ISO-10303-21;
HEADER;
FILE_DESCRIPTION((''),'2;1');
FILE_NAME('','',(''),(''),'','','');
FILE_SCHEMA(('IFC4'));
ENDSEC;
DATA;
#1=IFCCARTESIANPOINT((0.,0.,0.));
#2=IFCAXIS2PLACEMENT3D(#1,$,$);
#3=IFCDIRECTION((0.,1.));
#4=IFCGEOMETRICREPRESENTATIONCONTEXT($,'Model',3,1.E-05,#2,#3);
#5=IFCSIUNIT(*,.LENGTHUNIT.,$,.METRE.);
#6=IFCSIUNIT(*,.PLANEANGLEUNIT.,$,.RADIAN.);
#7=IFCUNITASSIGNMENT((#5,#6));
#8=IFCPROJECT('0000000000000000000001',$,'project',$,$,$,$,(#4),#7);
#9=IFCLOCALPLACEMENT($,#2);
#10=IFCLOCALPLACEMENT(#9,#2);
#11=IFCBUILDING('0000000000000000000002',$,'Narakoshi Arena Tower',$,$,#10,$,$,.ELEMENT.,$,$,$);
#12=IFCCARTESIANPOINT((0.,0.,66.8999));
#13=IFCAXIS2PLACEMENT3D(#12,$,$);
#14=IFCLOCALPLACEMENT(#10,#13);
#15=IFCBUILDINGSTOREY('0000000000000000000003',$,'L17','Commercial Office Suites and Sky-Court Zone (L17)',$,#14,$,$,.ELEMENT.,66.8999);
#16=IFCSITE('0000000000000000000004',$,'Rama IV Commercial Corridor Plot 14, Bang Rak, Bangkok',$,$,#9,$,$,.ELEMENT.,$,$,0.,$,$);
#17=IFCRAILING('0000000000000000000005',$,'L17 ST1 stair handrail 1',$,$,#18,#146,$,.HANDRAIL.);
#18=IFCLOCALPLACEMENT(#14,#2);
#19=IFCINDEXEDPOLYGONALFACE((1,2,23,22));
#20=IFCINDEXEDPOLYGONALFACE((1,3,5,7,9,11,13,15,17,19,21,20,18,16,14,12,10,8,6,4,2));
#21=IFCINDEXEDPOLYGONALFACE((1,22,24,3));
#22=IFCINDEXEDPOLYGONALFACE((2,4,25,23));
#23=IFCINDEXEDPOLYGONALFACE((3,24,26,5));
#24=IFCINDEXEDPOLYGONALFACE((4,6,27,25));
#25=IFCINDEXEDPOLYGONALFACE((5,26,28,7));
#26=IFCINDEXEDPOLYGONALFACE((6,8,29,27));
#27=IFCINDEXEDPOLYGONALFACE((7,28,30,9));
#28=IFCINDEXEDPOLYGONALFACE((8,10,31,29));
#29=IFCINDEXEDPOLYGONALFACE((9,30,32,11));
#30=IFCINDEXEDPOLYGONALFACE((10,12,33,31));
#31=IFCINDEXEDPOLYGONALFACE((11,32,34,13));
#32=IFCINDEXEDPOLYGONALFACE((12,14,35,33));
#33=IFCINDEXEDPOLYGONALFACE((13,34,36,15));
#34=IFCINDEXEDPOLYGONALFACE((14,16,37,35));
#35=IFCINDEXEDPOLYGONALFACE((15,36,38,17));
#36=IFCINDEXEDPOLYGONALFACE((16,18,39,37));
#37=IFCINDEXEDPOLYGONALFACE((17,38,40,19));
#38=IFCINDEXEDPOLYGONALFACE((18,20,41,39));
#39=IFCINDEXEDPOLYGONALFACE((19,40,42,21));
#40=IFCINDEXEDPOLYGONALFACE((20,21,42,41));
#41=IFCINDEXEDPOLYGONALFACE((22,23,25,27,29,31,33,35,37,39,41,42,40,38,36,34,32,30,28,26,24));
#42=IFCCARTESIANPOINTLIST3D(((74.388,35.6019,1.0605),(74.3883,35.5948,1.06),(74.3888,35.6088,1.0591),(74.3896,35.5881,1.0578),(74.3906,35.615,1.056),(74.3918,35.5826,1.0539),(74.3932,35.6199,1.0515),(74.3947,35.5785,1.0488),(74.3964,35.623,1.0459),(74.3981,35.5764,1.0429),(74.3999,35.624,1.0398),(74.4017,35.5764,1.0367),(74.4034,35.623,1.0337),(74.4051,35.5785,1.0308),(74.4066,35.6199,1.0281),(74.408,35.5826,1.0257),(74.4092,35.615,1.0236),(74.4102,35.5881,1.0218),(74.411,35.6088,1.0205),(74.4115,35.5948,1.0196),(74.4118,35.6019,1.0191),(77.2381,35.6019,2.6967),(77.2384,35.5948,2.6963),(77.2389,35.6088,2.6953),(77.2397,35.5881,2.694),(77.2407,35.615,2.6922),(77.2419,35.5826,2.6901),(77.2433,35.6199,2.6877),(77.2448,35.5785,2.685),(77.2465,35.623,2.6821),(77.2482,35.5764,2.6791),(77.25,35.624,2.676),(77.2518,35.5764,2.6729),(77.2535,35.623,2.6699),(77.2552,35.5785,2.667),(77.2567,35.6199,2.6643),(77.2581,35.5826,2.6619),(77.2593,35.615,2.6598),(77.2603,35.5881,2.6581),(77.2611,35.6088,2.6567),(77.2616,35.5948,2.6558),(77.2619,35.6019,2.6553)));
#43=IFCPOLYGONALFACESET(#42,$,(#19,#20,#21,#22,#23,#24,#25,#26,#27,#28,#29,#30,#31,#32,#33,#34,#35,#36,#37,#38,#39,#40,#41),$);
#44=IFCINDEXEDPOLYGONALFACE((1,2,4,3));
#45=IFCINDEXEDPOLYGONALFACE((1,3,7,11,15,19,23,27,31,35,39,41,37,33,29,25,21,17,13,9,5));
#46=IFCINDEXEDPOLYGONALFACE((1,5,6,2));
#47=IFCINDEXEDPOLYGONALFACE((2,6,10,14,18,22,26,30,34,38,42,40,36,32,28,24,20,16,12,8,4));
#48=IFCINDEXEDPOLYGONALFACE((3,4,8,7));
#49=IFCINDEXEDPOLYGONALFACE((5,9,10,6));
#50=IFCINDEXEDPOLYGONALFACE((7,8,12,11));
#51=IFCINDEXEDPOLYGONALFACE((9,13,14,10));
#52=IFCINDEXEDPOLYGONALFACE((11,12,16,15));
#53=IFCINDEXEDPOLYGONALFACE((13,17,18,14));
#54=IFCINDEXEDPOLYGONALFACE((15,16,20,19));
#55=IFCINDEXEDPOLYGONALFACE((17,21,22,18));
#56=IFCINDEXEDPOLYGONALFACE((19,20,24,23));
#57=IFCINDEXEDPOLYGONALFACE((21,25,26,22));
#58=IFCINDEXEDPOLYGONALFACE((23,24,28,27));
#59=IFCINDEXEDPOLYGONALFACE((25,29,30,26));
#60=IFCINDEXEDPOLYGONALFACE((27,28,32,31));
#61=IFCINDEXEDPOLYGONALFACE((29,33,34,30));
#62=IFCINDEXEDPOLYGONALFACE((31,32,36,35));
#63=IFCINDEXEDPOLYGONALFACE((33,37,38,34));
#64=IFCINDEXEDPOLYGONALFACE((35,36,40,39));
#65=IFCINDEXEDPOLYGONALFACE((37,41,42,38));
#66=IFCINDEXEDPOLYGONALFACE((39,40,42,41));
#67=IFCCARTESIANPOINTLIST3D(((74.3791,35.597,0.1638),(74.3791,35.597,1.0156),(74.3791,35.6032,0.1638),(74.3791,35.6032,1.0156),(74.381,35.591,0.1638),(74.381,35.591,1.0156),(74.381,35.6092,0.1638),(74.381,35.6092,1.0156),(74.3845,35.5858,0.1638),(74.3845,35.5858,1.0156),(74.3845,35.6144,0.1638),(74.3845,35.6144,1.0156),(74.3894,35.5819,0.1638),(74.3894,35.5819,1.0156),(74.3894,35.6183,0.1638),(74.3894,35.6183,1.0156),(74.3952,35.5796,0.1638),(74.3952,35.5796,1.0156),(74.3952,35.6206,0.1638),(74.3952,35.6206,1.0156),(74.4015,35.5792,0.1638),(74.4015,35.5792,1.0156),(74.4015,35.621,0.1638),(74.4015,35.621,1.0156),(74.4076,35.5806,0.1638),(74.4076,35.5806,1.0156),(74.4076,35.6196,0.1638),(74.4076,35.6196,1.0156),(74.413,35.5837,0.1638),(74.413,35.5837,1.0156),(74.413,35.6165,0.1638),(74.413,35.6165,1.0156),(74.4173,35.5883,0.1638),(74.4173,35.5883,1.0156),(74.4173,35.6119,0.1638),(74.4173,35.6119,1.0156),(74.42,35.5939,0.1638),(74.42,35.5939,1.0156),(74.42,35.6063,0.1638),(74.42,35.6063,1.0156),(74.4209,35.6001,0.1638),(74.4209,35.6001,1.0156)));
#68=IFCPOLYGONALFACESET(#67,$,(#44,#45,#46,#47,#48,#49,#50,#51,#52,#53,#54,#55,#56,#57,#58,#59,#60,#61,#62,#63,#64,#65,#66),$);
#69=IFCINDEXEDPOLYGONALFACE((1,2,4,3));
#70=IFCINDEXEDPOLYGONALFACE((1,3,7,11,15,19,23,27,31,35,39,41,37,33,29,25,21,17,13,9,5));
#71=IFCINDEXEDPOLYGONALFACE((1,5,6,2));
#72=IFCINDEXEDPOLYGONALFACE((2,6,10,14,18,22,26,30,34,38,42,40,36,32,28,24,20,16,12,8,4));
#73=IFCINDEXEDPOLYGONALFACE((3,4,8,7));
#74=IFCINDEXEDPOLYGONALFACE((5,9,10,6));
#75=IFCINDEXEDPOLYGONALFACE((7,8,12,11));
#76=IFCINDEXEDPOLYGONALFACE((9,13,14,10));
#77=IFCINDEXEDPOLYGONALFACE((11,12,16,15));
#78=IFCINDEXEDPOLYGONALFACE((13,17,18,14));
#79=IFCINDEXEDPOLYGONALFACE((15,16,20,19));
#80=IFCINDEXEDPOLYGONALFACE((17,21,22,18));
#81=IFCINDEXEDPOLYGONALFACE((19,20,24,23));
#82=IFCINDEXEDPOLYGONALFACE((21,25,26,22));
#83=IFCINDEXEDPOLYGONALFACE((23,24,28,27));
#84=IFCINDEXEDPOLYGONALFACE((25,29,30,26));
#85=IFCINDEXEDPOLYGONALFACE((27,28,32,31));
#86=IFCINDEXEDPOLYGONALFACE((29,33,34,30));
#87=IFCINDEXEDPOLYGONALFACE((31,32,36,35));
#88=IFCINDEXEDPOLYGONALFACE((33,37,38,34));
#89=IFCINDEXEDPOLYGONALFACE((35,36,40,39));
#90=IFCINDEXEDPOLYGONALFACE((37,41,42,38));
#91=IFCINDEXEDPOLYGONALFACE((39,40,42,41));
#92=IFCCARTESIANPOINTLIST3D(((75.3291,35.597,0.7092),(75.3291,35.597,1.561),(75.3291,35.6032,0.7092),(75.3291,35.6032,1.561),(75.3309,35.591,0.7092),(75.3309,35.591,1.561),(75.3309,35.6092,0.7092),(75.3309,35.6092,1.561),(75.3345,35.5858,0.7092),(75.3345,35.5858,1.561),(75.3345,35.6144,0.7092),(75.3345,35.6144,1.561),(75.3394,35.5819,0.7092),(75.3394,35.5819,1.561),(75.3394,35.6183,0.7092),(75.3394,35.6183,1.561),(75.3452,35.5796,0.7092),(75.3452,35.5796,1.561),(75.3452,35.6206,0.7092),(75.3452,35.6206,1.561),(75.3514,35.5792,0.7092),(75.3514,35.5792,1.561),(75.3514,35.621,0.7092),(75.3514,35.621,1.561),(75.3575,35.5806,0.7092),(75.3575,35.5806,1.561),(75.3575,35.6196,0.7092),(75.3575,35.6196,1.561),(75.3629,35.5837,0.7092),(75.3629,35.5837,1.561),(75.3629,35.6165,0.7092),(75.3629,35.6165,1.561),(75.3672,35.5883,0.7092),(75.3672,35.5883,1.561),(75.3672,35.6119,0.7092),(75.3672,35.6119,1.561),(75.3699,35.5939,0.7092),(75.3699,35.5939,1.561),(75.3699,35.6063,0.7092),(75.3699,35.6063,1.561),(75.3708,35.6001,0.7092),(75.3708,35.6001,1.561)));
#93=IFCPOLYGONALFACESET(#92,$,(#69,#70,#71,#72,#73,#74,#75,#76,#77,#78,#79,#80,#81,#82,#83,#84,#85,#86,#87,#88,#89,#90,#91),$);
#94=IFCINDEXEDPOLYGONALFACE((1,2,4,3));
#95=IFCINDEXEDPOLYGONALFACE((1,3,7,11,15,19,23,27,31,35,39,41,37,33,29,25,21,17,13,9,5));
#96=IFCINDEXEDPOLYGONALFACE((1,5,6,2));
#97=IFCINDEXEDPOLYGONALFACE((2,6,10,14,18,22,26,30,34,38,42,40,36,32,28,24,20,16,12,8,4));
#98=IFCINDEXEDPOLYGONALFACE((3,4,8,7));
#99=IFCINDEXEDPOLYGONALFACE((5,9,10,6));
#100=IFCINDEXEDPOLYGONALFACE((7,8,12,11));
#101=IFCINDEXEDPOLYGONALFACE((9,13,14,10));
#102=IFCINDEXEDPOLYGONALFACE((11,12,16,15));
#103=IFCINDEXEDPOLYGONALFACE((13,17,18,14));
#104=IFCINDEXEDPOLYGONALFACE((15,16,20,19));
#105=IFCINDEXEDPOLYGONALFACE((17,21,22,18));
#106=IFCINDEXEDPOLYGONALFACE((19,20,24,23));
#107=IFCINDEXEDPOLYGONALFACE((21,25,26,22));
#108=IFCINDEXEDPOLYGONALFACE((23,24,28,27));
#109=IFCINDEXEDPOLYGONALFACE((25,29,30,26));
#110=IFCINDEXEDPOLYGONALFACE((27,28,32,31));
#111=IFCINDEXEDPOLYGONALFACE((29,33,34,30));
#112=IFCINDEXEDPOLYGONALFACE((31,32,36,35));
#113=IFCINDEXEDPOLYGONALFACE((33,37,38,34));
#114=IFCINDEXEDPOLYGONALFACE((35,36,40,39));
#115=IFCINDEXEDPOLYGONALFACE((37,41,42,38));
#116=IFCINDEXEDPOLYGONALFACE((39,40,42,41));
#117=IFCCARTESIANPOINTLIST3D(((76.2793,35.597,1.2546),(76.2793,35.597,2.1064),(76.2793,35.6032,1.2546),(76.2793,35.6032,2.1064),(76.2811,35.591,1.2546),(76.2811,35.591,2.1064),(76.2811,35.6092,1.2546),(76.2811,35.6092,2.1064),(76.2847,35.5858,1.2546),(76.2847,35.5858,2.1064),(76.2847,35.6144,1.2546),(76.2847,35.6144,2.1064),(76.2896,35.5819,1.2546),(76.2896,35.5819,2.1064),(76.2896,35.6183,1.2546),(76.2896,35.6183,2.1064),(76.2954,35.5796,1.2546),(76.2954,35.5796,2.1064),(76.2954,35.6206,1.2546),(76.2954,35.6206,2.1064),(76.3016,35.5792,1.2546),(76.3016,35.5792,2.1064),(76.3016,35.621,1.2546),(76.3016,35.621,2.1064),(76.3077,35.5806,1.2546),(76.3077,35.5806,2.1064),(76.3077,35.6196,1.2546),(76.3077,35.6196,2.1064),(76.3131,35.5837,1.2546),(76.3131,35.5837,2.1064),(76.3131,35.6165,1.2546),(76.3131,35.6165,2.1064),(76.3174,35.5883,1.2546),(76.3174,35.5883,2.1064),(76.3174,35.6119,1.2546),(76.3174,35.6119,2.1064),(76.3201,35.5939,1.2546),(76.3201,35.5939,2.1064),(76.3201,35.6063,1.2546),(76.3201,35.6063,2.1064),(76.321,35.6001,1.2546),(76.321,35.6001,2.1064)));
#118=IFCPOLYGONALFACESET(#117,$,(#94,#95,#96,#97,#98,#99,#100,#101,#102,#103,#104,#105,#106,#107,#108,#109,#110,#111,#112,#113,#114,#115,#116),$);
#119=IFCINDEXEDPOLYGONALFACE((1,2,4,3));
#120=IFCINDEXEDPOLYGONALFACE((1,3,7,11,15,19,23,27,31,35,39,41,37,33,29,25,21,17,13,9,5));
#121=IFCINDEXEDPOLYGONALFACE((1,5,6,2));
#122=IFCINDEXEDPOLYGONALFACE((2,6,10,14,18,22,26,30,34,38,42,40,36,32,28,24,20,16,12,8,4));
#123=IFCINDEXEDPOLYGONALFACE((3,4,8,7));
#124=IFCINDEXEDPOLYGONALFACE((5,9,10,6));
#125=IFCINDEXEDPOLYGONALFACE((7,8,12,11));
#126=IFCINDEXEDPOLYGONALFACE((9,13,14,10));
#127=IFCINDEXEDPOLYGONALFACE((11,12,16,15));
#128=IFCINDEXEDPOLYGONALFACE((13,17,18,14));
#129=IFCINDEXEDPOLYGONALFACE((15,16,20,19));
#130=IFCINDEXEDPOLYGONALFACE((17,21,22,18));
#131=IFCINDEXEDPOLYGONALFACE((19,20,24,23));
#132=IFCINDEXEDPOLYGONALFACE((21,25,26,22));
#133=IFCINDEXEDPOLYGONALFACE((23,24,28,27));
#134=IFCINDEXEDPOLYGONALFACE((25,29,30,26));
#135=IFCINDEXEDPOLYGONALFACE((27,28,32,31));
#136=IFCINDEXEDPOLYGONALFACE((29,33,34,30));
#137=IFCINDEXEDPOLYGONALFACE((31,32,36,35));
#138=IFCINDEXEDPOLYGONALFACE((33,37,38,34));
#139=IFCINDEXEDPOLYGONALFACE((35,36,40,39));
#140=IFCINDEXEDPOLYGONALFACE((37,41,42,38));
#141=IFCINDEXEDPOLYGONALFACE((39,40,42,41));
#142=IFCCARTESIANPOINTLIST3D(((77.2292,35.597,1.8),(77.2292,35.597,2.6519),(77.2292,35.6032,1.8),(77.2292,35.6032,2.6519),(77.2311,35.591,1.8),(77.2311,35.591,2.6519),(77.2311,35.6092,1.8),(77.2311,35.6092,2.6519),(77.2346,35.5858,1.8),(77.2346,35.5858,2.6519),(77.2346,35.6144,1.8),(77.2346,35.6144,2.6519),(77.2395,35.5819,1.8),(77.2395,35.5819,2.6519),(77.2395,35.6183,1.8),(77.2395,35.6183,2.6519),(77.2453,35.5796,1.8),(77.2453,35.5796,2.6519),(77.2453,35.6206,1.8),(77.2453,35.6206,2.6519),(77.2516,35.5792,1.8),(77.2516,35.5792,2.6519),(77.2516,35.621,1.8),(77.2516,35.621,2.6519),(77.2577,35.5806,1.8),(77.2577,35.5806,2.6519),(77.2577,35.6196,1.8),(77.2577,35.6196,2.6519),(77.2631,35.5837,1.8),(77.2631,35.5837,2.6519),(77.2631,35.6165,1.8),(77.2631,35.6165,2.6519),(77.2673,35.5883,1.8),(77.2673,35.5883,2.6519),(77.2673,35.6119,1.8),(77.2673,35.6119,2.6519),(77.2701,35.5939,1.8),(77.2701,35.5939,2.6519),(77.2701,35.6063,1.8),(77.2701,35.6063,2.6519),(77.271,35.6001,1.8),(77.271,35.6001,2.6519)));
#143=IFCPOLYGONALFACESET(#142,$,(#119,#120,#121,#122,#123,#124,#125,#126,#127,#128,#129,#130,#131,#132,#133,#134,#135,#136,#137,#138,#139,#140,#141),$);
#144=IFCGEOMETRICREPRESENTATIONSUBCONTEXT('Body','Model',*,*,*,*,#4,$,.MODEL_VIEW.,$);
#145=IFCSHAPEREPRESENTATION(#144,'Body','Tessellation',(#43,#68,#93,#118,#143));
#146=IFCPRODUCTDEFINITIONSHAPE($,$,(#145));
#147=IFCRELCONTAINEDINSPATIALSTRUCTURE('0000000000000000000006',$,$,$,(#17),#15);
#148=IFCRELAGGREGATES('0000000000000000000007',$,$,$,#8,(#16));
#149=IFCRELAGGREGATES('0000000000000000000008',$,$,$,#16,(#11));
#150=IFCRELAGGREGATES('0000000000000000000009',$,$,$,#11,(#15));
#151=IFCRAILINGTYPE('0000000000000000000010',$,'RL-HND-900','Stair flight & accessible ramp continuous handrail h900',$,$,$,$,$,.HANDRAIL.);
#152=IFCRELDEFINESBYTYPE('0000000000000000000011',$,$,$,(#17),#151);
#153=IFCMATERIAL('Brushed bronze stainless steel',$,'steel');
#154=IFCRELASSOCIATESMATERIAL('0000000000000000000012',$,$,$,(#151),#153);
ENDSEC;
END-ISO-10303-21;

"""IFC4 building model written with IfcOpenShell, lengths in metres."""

from ifc_helpers import new_model, si_unit, direction, frame, origin, origin_2d, place, context, subcontext, project, spatial, circle, extrude, material, type_object, element, save


model = new_model("IFC4")

# Units and contexts
model_context = context("Model", 3, precision=1e-05, world=origin(), true_north=direction((0.0, 1.0)))
body_context = subcontext(model_context, "Body", "Model", "MODEL_VIEW")
ifc_project = project(units=[si_unit("LENGTHUNIT", "METRE"), si_unit("PLANEANGLEUNIT", "RADIAN")], contexts=[model_context])

# Site, building, storey
site_placement = place(None, origin())
site = spatial("IfcSite", under=ifc_project, at=site_placement, Name="Rama IV Commercial Corridor Plot 14, Bang Rak, Bangkok", CompositionType="ELEMENT", RefElevation=0.0)
building_placement = place(site_placement, origin())
building = spatial("IfcBuilding", under=site, at=building_placement, Name="Narakoshi Arena Tower", CompositionType="ELEMENT")
storey_placement = place(building_placement, frame((0.0, 0.0, 66.8999)))
storey = spatial("IfcBuildingStorey", under=building, at=storey_placement, Name="L17", Description="Commercial Office Suites and Sky-Court Zone (L17)", CompositionType="ELEMENT", Elevation=66.8999)

# Railing
ifc_material_1 = material(Name="Brushed bronze stainless steel", Category="steel")
railing_type_1 = type_object("IfcRailingType", Name="RL-HND-900", Description="Stair flight & accessible ramp continuous handrail h900", PredefinedType="HANDRAIL", material=ifc_material_1)
railing_1_placement = place(storey_placement, frame((74.3999, 35.6001, 0.1638)))
element("IfcRailing", 1, at=railing_1_placement, inside=storey, type_object=railing_type_1, Name="L17 ST1 stair handrail 1", PredefinedType="HANDRAIL", context=body_context, shape_type="SweptSolid", body=[
    extrude(circle(Radius=0.0239, at=origin_2d()), frame((0.0, 0.0, 0.876), z_axis=(0.867245, 0.0, 0.497882), x_axis=(0.0, 1.0, 0.0)), (0.0, 0.0, 1.0), 3.2864),
    extrude(circle(Radius=0.021, at=origin_2d()), origin(), (0.0, 0.0, 1.0), 0.8518),
    extrude(circle(Radius=0.021, at=origin_2d()), frame((0.95, 0.0, 0.5454)), (0.0, 0.0, 1.0), 0.8518),
    extrude(circle(Radius=0.021, at=origin_2d()), frame((1.9001, 0.0, 1.0908)), (0.0, 0.0, 1.0), 0.8518),
    extrude(circle(Radius=0.021, at=origin_2d()), frame((2.8501, 0.0, 1.6362)), (0.0, 0.0, 1.0), 0.8518),
])

save(model, "model.ifc")
